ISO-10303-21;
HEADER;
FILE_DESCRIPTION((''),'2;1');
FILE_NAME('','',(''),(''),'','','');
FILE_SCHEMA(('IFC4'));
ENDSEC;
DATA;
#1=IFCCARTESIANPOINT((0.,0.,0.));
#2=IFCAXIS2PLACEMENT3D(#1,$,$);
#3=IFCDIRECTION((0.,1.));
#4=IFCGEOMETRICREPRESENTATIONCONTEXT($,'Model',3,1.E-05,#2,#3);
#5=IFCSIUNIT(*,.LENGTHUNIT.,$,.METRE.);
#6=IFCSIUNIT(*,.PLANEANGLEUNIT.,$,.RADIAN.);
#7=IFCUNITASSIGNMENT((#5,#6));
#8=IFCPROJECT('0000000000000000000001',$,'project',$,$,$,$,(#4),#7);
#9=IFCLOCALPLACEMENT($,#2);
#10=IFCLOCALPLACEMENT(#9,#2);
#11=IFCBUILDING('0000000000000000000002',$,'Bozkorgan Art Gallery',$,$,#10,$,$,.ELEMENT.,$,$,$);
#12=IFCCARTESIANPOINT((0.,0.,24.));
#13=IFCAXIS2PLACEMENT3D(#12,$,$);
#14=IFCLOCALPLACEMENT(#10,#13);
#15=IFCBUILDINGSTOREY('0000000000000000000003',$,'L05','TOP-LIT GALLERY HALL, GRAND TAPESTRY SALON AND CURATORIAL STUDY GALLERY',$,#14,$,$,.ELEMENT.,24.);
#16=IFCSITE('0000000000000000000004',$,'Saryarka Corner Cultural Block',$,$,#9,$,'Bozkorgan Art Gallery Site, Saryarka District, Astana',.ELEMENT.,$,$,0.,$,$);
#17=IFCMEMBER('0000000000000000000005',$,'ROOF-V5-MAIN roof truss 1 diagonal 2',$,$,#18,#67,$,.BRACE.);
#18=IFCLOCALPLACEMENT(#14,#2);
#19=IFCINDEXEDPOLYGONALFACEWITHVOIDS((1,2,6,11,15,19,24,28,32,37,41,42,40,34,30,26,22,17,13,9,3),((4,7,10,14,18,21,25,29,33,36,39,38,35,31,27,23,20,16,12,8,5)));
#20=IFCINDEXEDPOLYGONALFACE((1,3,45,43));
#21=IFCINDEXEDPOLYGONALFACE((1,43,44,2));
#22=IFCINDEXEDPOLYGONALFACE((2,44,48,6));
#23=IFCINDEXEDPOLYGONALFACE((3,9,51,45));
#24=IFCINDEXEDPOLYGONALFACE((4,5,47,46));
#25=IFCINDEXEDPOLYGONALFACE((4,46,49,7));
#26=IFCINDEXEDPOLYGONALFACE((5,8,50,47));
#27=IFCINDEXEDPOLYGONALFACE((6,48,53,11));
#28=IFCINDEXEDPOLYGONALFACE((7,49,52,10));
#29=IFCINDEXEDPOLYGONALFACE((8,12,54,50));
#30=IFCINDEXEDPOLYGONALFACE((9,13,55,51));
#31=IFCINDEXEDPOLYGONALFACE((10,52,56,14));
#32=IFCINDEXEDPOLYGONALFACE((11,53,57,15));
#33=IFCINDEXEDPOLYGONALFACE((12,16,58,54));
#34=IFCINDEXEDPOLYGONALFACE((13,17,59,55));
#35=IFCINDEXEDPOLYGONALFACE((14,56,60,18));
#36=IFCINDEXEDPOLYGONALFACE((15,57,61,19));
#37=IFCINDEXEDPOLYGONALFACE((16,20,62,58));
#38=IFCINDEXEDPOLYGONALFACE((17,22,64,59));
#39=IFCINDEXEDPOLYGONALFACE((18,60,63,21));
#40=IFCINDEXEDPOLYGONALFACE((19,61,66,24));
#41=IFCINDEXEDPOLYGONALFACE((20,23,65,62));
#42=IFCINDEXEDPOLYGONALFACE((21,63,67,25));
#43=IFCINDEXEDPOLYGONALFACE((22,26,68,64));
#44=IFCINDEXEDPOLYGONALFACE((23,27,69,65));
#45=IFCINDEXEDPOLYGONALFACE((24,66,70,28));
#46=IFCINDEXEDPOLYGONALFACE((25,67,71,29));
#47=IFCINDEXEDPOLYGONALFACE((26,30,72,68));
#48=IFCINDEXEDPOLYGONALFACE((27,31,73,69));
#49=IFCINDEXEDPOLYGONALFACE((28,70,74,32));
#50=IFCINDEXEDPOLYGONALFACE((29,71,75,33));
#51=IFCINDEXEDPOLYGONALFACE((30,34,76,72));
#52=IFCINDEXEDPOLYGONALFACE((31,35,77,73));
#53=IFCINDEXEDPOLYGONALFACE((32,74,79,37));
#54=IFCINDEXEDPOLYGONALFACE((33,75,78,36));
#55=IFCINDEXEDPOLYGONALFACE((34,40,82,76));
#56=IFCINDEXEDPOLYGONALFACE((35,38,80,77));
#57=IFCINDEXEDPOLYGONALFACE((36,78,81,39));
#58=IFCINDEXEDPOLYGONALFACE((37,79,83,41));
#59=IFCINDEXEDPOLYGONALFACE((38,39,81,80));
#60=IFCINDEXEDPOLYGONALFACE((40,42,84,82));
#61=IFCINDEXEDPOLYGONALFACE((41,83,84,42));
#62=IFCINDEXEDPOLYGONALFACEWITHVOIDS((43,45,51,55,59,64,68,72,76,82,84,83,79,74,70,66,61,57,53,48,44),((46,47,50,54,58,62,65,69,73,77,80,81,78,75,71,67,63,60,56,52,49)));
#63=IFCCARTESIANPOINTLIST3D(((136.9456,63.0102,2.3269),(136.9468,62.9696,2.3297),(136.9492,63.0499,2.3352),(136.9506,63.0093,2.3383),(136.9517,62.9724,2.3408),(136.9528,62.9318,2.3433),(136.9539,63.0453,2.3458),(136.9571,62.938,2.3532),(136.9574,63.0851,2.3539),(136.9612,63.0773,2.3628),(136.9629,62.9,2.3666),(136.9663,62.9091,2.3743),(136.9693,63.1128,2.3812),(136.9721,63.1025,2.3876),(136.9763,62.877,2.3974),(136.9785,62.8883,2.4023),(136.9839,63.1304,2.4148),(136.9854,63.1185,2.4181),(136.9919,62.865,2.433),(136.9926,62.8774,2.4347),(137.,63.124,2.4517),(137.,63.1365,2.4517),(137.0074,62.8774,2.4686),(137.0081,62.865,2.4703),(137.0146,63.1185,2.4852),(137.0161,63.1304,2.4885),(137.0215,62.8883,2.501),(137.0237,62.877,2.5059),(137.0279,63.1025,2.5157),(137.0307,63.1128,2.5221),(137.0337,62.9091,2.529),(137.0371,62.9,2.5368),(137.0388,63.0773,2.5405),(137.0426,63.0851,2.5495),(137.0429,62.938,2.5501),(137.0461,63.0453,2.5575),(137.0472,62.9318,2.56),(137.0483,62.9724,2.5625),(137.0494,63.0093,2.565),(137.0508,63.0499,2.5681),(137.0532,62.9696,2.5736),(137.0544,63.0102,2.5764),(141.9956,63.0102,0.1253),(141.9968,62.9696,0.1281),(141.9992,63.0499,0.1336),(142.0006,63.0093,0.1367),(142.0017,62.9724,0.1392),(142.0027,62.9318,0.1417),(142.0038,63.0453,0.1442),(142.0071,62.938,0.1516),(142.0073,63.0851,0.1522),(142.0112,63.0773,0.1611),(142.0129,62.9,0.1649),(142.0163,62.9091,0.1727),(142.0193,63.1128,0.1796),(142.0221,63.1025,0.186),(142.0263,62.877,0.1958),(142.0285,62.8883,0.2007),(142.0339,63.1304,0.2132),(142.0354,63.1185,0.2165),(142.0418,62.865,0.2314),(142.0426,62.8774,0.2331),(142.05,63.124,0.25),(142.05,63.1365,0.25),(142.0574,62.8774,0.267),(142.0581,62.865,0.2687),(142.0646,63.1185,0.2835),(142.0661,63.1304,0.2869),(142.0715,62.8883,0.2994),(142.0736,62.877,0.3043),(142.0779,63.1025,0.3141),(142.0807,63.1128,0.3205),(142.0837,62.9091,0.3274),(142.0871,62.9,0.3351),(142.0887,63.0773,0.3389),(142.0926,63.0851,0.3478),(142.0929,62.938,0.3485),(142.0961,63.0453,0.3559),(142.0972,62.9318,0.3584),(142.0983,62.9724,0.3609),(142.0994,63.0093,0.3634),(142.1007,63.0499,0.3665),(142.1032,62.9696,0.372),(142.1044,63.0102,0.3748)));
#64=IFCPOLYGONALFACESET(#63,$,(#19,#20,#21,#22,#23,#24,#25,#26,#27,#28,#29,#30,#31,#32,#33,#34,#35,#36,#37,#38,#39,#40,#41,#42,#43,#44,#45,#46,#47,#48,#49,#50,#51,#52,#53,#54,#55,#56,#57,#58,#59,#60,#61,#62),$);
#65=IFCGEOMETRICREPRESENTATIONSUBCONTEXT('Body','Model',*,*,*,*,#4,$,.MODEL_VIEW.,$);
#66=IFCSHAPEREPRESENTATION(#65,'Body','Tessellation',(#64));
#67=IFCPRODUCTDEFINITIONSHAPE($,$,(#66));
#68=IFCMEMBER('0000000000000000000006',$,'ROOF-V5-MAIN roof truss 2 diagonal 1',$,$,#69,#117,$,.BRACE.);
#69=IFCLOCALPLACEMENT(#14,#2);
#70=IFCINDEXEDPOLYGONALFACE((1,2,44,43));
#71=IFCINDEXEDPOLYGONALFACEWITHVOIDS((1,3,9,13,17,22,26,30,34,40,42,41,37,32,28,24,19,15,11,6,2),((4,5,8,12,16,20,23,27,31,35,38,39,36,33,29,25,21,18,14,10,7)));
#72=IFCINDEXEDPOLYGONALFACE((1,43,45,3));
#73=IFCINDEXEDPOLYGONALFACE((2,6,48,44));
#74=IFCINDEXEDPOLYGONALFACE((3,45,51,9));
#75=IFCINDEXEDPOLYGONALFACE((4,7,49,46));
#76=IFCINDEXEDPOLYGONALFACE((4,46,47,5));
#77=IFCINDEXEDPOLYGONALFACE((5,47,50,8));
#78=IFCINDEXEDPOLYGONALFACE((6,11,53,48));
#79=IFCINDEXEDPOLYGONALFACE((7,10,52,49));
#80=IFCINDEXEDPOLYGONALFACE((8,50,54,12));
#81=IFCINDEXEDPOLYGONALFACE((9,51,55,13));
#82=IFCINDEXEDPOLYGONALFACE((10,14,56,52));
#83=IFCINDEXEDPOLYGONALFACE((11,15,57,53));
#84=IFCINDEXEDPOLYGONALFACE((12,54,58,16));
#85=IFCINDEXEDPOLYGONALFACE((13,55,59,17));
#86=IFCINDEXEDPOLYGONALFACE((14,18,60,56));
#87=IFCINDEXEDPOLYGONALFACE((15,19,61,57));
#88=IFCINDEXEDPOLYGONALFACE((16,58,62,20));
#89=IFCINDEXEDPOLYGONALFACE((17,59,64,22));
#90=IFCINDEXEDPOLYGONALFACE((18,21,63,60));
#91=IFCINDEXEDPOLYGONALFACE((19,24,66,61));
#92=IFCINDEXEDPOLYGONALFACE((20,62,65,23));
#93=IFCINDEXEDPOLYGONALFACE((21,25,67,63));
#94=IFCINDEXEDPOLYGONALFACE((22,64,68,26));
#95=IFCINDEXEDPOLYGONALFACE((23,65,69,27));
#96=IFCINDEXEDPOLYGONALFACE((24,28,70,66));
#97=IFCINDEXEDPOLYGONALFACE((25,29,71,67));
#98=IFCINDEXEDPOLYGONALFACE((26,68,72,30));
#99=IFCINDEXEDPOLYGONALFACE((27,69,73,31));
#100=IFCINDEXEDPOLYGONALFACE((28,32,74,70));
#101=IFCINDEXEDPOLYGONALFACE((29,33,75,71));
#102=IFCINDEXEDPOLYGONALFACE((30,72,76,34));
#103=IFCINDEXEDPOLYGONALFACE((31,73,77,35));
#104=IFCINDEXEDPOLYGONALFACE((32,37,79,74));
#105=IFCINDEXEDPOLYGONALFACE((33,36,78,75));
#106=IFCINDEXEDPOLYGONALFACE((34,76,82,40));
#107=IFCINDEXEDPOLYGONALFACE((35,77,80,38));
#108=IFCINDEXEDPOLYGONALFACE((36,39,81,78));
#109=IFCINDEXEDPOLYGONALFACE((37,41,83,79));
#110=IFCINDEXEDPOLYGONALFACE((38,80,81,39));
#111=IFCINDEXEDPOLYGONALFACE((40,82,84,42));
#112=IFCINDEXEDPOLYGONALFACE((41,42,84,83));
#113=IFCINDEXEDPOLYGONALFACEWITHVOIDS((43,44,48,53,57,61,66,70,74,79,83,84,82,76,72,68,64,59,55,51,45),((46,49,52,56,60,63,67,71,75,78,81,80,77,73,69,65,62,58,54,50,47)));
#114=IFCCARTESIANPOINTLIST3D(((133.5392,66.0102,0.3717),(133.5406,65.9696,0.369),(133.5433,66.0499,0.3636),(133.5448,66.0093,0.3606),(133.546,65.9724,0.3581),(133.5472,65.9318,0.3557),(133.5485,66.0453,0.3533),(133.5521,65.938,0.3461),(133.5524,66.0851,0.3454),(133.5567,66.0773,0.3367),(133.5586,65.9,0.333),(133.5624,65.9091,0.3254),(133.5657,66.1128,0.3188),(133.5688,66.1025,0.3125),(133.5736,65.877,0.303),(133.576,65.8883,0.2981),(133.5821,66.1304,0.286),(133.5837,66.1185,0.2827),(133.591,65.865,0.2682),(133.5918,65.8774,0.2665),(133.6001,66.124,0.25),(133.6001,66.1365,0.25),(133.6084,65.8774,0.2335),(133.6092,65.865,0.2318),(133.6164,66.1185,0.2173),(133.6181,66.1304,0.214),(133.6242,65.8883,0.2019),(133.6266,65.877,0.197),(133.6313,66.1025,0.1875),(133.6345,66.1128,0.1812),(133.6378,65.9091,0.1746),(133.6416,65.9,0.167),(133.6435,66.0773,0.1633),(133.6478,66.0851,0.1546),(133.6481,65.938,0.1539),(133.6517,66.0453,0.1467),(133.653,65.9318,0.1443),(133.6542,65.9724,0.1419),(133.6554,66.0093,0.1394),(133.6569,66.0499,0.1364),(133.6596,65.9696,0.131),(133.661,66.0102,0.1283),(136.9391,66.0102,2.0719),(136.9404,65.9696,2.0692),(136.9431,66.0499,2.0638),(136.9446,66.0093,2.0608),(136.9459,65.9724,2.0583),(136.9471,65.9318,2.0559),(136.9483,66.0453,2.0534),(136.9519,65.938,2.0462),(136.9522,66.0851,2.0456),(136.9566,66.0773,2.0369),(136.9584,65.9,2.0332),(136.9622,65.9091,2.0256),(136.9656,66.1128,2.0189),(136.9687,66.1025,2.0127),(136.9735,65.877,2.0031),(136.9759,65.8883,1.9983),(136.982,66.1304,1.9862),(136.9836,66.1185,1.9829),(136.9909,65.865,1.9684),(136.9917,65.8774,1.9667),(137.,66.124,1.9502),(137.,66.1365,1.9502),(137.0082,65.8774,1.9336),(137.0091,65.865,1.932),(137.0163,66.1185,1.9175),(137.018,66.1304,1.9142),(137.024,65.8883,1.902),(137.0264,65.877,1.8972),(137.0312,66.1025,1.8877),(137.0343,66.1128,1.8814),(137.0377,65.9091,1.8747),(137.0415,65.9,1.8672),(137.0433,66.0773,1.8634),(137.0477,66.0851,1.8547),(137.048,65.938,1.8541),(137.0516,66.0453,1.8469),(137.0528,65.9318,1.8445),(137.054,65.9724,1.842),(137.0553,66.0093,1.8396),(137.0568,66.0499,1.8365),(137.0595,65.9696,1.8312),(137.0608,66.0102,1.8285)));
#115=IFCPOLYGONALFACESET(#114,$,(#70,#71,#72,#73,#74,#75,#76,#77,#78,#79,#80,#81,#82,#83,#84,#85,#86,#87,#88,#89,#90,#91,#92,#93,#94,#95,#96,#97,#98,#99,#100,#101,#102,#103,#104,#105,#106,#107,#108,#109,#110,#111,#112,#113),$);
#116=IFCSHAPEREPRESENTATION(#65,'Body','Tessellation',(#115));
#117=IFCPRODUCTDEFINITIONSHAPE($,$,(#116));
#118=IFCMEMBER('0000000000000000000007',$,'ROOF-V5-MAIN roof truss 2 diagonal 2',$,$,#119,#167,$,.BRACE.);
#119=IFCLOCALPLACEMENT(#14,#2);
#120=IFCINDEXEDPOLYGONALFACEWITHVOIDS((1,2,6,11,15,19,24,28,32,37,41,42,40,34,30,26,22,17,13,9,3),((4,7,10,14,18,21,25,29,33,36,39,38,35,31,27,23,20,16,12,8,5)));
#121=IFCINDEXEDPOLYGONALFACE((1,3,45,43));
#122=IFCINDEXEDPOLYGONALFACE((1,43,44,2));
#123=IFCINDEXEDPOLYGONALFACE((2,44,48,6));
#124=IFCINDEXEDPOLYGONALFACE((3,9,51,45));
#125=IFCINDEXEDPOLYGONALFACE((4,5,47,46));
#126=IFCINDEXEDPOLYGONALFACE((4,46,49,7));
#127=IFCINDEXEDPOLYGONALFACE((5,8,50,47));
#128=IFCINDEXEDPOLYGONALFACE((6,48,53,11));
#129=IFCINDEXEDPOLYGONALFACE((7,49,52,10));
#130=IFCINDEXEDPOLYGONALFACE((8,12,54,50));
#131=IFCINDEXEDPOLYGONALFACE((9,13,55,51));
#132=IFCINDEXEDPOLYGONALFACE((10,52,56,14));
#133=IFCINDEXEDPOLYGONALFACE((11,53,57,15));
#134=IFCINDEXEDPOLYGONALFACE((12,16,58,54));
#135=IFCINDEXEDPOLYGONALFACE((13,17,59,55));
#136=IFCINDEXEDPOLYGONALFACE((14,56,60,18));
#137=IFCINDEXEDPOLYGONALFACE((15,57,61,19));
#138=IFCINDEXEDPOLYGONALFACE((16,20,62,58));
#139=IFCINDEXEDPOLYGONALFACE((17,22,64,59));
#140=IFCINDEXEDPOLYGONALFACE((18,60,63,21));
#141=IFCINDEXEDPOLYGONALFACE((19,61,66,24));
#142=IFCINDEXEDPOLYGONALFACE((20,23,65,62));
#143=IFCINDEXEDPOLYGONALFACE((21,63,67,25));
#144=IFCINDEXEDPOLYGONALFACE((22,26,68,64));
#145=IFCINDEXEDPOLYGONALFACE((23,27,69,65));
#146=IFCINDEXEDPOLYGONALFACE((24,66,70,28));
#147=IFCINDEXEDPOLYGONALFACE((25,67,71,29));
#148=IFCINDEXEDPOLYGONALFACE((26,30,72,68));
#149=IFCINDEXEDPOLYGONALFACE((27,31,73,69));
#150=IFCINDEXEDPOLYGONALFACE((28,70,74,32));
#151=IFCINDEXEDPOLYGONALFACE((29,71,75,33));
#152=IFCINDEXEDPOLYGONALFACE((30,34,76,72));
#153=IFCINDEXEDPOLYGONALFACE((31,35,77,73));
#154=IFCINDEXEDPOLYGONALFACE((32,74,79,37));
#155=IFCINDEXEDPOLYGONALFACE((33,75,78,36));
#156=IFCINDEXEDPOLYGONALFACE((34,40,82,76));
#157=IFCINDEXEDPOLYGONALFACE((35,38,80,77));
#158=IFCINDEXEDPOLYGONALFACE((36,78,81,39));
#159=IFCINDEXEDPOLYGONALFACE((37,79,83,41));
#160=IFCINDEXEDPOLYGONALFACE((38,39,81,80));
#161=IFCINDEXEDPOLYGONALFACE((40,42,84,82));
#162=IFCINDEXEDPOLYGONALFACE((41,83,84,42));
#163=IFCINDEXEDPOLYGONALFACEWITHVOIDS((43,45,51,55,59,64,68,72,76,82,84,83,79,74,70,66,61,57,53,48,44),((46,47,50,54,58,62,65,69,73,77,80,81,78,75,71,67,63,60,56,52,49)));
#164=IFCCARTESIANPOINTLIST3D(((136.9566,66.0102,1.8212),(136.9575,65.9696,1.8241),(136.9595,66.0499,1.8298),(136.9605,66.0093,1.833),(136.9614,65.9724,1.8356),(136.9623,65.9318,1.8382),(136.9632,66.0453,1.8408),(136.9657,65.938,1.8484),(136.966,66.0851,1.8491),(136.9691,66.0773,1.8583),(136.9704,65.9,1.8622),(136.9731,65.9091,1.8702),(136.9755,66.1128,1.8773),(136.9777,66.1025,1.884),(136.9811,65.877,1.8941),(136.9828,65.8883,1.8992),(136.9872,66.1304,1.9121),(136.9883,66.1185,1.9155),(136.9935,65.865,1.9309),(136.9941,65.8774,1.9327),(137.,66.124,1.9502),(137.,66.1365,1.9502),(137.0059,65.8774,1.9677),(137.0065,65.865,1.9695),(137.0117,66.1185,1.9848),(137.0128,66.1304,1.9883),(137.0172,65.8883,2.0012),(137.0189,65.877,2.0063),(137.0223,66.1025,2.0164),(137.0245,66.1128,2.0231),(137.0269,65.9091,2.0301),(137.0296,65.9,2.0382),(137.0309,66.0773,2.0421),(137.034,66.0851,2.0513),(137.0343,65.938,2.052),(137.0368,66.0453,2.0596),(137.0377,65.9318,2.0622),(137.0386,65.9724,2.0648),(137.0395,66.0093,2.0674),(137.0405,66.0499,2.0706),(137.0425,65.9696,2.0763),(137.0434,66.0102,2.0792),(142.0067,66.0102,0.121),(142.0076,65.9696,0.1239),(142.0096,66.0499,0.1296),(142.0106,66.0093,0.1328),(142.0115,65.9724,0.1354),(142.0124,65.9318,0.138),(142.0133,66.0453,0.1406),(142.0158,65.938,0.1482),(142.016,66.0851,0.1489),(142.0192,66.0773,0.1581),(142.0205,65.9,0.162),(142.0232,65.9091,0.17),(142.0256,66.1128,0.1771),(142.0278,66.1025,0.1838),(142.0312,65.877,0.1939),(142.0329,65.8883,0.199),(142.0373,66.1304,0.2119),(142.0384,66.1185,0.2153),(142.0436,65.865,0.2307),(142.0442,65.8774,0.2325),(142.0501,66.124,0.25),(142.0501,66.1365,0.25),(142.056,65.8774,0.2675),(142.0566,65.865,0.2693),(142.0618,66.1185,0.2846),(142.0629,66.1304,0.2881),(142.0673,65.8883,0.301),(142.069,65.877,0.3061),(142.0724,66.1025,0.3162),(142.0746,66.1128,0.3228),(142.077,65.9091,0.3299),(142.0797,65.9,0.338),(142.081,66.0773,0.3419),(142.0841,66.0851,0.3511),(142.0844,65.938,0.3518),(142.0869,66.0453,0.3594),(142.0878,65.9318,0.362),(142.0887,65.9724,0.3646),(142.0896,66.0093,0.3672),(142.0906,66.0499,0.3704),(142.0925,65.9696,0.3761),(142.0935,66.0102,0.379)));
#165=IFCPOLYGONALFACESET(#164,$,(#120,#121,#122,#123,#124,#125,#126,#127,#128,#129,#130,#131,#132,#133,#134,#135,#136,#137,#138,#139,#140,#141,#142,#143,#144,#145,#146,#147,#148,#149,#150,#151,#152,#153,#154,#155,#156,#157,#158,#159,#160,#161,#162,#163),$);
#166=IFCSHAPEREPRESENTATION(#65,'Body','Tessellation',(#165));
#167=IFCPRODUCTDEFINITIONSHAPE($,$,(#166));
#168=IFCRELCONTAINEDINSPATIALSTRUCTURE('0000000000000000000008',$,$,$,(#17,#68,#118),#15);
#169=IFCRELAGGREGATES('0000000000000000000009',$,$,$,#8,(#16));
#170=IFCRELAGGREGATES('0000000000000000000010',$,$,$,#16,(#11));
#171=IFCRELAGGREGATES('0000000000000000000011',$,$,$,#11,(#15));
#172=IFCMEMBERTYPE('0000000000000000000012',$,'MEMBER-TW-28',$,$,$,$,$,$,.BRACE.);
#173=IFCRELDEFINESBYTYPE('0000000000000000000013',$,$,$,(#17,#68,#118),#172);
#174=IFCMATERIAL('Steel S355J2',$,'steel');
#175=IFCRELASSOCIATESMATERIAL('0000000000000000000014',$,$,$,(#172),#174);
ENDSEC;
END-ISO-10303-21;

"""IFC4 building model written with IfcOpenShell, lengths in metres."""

from ifc_helpers import new_model, si_unit, direction, frame, origin, origin_2d, place, context, subcontext, project, spatial, hollow_circle, extrude, material, material_profile, profile_set, type_object, element, save


model = new_model("IFC4")

# Units and contexts
model_context = context("Model", 3, precision=1e-05, world=origin(), true_north=direction((0.0, 1.0)))
body_context = subcontext(model_context, "Body", "Model", "MODEL_VIEW")
ifc_project = project(units=[si_unit("LENGTHUNIT", "METRE"), si_unit("PLANEANGLEUNIT", "RADIAN")], contexts=[model_context])

# Site, building, storey
site_placement = place(None, origin())
site = spatial("IfcSite", under=ifc_project, at=site_placement, Name="Saryarka Corner Cultural Block", LongName="Bozkorgan Art Gallery Site, Saryarka District, Astana", CompositionType="ELEMENT", RefElevation=0.0)
building_placement = place(site_placement, origin())
building = spatial("IfcBuilding", under=site, at=building_placement, Name="Bozkorgan Art Gallery", CompositionType="ELEMENT")
storey_placement = place(building_placement, frame((0.0, 0.0, 24.0)))
storey = spatial("IfcBuildingStorey", under=building, at=storey_placement, Name="L05", Description="TOP-LIT GALLERY HALL, GRAND TAPESTRY SALON AND CURATORIAL STUDY GALLERY", CompositionType="ELEMENT", Elevation=24.0)

# Shared definitions
ifc_material = material(Name="Steel S355J2", Category="steel")

# Members
ifc_material_profile_1 = material_profile(ifc_material, hollow_circle(Radius=0.1365, WallThickness=0.0125, at=origin_2d()), Name="CHS 273x12.5")
ifc_profile_set_1 = profile_set([ifc_material_profile_1], Name="Steel S355J2")
member_type_1 = type_object("IfcMemberType", Name="MEMBER-TW-28", PredefinedType="BRACE", material=ifc_profile_set_1)
member_1_placement = place(storey_placement, frame((137.0, 63.0, 2.4517), z_axis=(0.916672, 0.0, -0.39964), x_axis=(0.0, 1.0, 0.0)))
element("IfcMember", 1, at=member_1_placement, inside=storey, type_object=member_type_1, Name="ROOF-V5-MAIN roof truss 1 diagonal 2", PredefinedType="BRACE", context=body_context, shape_type="SweptSolid", body=[
    extrude(hollow_circle(Radius=0.1365, WallThickness=0.0125, at=origin_2d()), origin(), (0.0, 0.0, 1.0), 5.509),
])
member_2_placement = place(storey_placement, frame((133.6001, 66.0, 0.25), z_axis=(0.894401, 0.0, 0.447265), x_axis=(0.0, 1.0, 0.0)))
element("IfcMember", 2, at=member_2_placement, inside=storey, type_object=member_type_1, Name="ROOF-V5-MAIN roof truss 2 diagonal 1", PredefinedType="BRACE", context=body_context, shape_type="SweptSolid", body=[
    extrude(hollow_circle(Radius=0.1365, WallThickness=0.0125, at=origin_2d()), origin(), (0.0, 0.0, 1.0), 3.8013),
])
member_3_placement = place(storey_placement, frame((137.0, 66.0, 1.9502), z_axis=(0.947731, 0.0, -0.319072), x_axis=(0.0, 1.0, 0.0)))
element("IfcMember", 3, at=member_3_placement, inside=storey, type_object=member_type_1, Name="ROOF-V5-MAIN roof truss 2 diagonal 2", PredefinedType="BRACE", context=body_context, shape_type="SweptSolid", body=[
    extrude(hollow_circle(Radius=0.1365, WallThickness=0.0125, at=origin_2d()), origin(), (0.0, 0.0, 1.0), 5.3286),
])

save(model, "model.ifc")
